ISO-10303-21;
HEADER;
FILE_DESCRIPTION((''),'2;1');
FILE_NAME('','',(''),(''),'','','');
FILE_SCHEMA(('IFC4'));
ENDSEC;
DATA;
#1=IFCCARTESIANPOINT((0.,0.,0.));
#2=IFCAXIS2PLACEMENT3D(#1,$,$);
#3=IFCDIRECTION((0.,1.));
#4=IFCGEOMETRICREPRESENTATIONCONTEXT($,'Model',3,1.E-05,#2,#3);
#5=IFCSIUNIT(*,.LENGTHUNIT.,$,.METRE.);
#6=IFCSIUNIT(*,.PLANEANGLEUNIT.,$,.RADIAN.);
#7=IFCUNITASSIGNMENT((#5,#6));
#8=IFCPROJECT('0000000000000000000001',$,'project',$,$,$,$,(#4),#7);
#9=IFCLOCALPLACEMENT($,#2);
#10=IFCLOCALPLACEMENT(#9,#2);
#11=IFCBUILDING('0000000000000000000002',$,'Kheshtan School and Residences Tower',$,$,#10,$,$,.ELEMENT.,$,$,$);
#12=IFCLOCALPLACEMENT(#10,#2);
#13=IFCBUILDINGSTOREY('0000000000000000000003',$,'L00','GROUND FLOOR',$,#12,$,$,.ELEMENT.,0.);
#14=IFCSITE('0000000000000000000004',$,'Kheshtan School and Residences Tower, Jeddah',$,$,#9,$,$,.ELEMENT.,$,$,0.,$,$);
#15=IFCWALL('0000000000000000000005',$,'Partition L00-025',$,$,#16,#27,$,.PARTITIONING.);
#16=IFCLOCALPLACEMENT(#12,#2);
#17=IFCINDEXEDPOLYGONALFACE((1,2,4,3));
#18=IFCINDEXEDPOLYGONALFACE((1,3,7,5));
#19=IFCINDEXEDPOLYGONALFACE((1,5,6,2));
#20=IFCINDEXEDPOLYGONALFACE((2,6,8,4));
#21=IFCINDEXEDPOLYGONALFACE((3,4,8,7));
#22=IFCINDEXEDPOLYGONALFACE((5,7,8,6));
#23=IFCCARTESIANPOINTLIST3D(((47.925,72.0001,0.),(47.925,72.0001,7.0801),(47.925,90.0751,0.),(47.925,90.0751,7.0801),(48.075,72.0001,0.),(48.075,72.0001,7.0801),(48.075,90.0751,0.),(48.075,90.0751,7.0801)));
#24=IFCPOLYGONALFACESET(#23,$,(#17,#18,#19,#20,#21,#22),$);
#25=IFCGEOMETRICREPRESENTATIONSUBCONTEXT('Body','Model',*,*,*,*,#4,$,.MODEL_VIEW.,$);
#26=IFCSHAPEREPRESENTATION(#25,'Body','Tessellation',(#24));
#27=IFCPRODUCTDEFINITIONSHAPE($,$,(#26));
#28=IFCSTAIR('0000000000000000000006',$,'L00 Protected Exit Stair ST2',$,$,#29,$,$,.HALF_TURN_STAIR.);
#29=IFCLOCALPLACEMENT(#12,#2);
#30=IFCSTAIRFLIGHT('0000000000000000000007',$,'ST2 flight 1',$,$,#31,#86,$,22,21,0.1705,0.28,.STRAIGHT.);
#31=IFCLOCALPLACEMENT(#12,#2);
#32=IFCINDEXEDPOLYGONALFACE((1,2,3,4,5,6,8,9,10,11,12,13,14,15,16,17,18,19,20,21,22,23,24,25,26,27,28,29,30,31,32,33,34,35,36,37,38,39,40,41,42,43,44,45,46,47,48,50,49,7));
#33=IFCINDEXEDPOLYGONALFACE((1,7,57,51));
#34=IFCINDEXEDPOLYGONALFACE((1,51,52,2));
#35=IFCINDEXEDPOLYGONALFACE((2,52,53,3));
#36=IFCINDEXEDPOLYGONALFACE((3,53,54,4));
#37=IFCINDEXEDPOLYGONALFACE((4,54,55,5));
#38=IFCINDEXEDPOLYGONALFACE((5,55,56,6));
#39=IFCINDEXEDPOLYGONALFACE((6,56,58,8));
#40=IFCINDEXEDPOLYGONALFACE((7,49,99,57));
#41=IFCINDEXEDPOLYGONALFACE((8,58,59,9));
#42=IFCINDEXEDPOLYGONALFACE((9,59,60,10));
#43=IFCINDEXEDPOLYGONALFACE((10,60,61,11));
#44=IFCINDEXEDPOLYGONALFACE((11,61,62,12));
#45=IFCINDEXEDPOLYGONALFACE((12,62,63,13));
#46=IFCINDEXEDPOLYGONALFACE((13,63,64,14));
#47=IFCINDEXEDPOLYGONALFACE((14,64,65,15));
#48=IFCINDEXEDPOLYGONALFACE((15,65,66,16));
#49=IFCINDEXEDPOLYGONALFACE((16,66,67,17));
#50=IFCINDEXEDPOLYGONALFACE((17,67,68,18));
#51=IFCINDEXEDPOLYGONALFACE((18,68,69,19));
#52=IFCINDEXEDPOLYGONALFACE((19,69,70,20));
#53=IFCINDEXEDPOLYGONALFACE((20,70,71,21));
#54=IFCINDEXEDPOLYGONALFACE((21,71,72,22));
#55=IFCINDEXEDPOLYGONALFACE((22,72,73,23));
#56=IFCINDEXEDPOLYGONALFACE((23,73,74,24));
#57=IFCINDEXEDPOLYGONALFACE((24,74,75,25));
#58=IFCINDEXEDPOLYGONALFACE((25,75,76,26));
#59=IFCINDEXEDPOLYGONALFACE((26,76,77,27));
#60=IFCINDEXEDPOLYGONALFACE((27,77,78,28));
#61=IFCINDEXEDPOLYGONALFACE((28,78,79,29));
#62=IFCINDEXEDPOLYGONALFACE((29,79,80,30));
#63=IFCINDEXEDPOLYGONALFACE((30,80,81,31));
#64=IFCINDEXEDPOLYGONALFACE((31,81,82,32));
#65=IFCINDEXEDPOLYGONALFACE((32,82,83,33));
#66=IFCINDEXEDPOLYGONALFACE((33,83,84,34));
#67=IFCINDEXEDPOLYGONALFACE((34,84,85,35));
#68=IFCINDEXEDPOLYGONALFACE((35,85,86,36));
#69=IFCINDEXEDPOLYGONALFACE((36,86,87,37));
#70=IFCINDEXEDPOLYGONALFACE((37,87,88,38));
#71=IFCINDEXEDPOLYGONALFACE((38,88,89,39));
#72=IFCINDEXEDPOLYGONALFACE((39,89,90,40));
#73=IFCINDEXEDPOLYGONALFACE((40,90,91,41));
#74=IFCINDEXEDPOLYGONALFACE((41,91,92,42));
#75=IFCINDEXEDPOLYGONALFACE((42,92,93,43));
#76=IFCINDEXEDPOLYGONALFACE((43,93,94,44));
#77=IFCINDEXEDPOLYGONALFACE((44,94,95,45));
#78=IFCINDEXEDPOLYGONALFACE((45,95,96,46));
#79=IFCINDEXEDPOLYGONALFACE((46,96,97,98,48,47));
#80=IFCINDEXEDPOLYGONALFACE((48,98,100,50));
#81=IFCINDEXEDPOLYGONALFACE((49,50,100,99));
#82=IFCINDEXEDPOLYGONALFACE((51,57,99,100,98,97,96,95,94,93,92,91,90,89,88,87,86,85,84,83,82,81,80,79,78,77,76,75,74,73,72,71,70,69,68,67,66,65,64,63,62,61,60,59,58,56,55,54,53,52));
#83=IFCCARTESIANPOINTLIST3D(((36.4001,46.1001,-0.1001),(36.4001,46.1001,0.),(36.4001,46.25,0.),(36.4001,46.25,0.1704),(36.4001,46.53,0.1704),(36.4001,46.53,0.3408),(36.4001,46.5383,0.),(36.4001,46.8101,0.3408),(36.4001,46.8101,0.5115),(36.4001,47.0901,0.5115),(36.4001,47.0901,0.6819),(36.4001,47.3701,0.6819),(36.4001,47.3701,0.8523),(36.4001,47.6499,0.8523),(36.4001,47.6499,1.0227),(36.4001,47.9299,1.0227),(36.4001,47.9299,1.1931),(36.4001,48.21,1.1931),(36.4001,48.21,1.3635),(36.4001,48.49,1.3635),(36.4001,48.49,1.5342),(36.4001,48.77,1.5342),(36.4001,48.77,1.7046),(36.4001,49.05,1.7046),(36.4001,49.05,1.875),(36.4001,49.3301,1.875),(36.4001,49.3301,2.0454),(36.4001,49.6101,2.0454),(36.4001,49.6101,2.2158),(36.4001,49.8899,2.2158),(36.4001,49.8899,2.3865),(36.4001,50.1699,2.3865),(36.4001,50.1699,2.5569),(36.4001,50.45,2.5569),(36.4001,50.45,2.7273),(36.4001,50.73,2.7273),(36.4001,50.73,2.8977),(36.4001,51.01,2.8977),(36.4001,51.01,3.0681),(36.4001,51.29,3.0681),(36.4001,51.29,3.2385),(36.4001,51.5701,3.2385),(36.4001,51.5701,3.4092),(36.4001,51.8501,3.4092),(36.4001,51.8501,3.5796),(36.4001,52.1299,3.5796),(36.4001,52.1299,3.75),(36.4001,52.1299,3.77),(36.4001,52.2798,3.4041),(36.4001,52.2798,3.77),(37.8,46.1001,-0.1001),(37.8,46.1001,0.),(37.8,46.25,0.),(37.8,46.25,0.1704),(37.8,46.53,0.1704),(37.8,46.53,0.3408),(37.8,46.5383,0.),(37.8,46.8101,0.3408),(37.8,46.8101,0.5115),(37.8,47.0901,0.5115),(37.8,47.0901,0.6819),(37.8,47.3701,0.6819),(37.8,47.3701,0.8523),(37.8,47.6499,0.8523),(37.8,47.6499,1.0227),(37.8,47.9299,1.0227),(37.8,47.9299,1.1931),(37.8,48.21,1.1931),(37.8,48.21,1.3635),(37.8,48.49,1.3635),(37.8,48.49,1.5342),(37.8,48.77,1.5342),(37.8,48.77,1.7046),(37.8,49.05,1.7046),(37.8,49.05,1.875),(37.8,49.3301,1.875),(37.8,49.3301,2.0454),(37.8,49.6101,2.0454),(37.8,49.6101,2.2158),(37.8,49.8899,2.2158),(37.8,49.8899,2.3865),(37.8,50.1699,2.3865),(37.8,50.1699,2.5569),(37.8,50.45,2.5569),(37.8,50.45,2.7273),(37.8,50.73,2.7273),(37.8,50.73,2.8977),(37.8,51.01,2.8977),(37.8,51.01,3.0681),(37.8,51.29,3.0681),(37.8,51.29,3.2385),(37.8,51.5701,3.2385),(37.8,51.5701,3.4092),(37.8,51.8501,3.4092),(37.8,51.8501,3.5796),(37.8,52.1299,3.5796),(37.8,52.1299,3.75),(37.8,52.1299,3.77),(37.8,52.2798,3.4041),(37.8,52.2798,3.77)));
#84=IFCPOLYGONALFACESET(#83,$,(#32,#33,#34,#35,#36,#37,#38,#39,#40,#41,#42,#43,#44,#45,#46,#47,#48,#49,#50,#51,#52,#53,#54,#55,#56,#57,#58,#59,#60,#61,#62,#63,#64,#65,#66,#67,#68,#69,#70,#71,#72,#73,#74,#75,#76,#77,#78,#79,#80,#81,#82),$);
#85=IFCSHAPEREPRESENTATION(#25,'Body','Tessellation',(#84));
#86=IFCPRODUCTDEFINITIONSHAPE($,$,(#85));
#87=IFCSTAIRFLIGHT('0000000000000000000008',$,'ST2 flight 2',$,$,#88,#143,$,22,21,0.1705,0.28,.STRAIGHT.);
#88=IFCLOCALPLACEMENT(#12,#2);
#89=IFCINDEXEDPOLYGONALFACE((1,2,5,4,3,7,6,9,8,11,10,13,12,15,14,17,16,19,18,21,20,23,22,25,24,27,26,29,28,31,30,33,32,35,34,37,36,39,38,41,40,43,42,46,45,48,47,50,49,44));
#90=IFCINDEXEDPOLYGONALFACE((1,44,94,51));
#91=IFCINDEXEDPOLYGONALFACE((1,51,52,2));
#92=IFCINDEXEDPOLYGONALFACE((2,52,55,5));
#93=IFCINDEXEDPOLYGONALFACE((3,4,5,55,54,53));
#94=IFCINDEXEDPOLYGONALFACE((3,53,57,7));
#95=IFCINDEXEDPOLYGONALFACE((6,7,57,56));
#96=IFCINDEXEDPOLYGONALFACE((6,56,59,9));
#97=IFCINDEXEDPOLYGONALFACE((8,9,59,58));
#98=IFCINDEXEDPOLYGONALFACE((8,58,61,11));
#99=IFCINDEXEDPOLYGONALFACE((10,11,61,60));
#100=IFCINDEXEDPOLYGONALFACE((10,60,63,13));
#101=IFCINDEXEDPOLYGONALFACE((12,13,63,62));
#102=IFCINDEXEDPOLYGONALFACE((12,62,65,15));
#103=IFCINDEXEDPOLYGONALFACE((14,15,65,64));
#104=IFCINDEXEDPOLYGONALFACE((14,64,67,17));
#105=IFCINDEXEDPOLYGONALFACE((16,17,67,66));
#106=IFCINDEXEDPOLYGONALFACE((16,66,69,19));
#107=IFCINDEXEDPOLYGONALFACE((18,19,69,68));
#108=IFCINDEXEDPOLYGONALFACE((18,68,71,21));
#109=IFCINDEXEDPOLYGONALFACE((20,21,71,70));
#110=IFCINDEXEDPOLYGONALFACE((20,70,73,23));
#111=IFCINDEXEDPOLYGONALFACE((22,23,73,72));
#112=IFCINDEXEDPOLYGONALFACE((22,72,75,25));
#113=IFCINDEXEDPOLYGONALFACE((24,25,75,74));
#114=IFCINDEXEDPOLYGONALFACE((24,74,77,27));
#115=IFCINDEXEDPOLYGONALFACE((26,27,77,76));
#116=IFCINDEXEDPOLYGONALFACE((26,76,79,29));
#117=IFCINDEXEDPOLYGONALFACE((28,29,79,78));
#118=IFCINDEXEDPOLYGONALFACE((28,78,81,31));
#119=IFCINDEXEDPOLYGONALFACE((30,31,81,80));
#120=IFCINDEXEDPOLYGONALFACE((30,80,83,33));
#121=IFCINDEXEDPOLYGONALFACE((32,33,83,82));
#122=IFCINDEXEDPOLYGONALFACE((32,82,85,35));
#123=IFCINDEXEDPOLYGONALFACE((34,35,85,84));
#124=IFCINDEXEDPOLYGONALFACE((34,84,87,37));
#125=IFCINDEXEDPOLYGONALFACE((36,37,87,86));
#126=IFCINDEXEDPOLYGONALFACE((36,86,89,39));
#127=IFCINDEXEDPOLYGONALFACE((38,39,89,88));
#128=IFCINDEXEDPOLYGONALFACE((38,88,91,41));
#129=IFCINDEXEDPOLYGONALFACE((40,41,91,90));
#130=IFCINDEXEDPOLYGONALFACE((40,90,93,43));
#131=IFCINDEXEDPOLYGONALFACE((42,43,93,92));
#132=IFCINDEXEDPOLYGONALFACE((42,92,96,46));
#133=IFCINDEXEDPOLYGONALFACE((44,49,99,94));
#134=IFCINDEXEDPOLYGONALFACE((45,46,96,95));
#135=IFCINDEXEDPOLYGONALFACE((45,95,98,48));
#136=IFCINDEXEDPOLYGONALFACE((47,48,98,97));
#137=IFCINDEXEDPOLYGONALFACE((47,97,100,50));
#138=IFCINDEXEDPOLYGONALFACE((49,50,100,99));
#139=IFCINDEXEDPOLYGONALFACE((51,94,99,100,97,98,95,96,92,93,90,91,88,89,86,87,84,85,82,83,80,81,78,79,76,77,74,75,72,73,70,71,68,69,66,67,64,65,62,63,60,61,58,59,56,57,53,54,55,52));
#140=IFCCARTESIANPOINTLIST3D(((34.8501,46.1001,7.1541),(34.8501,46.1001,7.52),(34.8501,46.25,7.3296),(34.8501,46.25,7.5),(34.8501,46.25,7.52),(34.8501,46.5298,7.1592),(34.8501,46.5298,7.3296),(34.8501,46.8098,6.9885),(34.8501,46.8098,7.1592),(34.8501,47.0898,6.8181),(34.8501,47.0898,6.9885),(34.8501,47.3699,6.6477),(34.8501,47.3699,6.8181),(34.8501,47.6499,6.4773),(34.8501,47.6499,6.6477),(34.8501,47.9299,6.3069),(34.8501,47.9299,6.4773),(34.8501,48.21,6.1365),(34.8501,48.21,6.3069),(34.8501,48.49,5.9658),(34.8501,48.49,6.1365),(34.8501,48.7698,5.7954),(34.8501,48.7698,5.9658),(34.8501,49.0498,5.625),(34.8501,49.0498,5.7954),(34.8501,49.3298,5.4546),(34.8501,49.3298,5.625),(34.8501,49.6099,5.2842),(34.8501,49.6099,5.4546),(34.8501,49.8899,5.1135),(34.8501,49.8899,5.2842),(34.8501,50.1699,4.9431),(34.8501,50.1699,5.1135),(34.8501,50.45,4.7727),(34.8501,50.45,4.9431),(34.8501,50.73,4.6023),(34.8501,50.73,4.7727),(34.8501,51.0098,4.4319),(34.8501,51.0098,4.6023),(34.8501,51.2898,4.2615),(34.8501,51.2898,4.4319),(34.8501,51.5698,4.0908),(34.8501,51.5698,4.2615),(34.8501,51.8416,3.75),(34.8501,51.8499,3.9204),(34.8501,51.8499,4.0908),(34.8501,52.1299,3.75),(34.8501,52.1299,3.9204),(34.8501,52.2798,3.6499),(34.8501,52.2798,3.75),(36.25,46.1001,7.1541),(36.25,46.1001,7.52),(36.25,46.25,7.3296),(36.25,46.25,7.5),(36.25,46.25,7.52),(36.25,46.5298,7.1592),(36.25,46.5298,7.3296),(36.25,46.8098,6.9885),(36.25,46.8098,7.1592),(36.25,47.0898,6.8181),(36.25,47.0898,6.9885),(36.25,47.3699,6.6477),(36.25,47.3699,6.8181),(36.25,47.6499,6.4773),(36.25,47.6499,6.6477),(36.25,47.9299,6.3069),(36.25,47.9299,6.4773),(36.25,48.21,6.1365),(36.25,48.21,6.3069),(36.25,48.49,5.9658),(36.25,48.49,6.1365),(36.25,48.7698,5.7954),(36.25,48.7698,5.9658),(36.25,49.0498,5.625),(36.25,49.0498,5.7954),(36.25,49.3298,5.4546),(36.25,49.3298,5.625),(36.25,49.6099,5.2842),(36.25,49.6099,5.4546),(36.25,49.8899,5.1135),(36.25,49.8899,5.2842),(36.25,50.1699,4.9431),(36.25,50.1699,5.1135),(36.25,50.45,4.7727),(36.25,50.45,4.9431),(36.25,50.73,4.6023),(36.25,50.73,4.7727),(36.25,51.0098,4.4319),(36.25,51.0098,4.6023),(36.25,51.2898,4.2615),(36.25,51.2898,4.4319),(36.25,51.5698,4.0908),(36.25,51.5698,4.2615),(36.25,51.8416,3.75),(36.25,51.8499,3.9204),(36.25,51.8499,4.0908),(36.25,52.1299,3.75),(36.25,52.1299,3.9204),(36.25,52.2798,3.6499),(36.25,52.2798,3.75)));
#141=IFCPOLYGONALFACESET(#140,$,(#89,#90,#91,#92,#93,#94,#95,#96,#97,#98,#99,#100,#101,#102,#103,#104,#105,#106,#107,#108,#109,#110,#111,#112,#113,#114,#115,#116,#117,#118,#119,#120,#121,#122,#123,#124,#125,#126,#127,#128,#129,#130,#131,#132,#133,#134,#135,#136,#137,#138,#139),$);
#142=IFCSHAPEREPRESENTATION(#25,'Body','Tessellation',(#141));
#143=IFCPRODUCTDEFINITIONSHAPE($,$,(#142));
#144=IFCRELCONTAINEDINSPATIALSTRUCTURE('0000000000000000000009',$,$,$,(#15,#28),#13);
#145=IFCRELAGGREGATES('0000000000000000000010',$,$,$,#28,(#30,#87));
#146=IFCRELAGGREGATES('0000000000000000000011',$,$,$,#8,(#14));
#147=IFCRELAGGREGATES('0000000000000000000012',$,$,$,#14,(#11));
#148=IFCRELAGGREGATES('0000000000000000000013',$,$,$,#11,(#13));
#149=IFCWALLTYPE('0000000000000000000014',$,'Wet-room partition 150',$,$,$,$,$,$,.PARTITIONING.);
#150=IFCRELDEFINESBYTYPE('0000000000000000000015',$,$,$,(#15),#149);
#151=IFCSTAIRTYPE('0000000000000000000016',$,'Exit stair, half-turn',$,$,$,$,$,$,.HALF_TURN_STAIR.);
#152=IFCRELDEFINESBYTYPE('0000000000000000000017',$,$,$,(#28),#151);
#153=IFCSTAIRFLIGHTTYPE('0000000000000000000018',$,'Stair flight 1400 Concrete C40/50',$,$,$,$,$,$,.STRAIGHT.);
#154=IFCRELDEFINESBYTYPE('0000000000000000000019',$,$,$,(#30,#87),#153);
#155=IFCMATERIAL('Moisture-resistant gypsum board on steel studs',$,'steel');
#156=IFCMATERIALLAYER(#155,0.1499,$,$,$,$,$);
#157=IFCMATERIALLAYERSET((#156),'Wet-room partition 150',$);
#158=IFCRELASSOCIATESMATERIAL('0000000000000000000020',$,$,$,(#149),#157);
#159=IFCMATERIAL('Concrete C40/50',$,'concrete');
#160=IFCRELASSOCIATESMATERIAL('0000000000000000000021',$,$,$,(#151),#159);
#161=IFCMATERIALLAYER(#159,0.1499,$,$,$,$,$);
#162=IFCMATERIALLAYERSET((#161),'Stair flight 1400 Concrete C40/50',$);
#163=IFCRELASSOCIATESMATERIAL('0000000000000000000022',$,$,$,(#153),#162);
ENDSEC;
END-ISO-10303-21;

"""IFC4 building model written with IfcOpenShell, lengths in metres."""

from ifc_helpers import new_model, si_unit, direction, frame, frame_2d, origin, place, context, subcontext, project, spatial, polyline, rectangle, outline, extrude, material, layer, layer_set, type_object, element, aggregate, save


model = new_model("IFC4")

# Units and contexts
model_context = context("Model", 3, precision=1e-05, world=origin(), true_north=direction((0.0, 1.0)))
body_context = subcontext(model_context, "Body", "Model", "MODEL_VIEW")
ifc_project = project(units=[si_unit("LENGTHUNIT", "METRE"), si_unit("PLANEANGLEUNIT", "RADIAN")], contexts=[model_context])

# Site, building, storey
site_placement = place(None, origin())
site = spatial("IfcSite", under=ifc_project, at=site_placement, Name="Kheshtan School and Residences Tower, Jeddah", CompositionType="ELEMENT", RefElevation=0.0)
building_placement = place(site_placement, origin())
building = spatial("IfcBuilding", under=site, at=building_placement, Name="Kheshtan School and Residences Tower", CompositionType="ELEMENT")
storey_placement = place(building_placement, origin())
storey = spatial("IfcBuildingStorey", under=building, at=storey_placement, Name="L00", Description="GROUND FLOOR", CompositionType="ELEMENT", Elevation=0.0)

# Wall
ifc_material_1 = material(Name="Concrete C40/50", Category="concrete")
ifc_material_2 = material(Name="Moisture-resistant gypsum board on steel studs", Category="steel")
ifc_layer_1 = layer(ifc_material_2, 0.1499)
ifc_layer_set_1 = layer_set([ifc_layer_1], Name="Wet-room partition 150")
wall_type_1 = type_object("IfcWallType", Name="Wet-room partition 150", PredefinedType="PARTITIONING", material=ifc_layer_set_1)
wall_1_placement = place(storey_placement, frame((48.0, 72.0, 0.0), z_axis=(0.0, 0.0, 1.0), x_axis=(0.0, 1.0, 0.0)))
element("IfcWall", 1, at=wall_1_placement, inside=storey, type_object=wall_type_1, Name="Partition L00-025", PredefinedType="PARTITIONING", context=body_context, shape_type="SweptSolid", body=[
    extrude(rectangle(XDim=18.075, YDim=0.1499, at=frame_2d((9.0376, 0.0))), origin(), (0.0, 0.0, 1.0), 7.0801),
])

# Stair, stair flights
stair_type = type_object("IfcStairType", Name="Exit stair, half-turn", PredefinedType="HALF_TURN_STAIR", material=ifc_material_1)
stair_placement = place(storey_placement, origin())
stair = element("IfcStair", 2, at=stair_placement, inside=storey, type_object=stair_type, Name="L00 Protected Exit Stair ST2", PredefinedType="HALF_TURN_STAIR")
ifc_layer_2 = layer(ifc_material_1, 0.1499)
ifc_layer_set_2 = layer_set([ifc_layer_2], Name="Stair flight 1400 Concrete C40/50")
stair_flight_type = type_object("IfcStairFlightType", Name="Stair flight 1400 Concrete C40/50", PredefinedType="STRAIGHT", material=ifc_layer_set_2)
stair_flight_1_placement = place(storey_placement, frame((37.1001, 46.25, 0.0), z_axis=(0.0, 0.0, 1.0), x_axis=(0.0, 1.0, 0.0)))
stair_flight_1 = element("IfcStairFlight", 3, at=stair_flight_1_placement, type_object=stair_flight_type, Name="ST2 flight 1", NumberOfRisers=22, NumberOfTreads=21, PredefinedType="STRAIGHT", RiserHeight=0.1705, TreadLength=0.28, context=body_context, shape_type="SweptSolid", body=[
    extrude(outline(polyline([(-0.1499, -0.1001), (-0.1499, 0.0), (0.0, 0.0), (0.0, 0.1704), (0.28, 0.1704), (0.28, 0.3408), (0.5601, 0.3408), (0.5601, 0.5115), (0.8401, 0.5115), (0.8401, 0.6819), (1.1201, 0.6819), (1.1201, 0.8523), (1.3999, 0.8523), (1.3999, 1.0227), (1.6799, 1.0227), (1.6799, 1.1931), (1.96, 1.1931), (1.96, 1.3635), (2.24, 1.3635), (2.24, 1.5342), (2.52, 1.5342), (2.52, 1.7046), (2.8, 1.7046), (2.8, 1.875), (3.0801, 1.875), (3.0801, 2.0454), (3.3601, 2.0454), (3.3601, 2.2158), (3.6399, 2.2158), (3.6399, 2.3865), (3.9199, 2.3865), (3.9199, 2.5569), (4.2, 2.5569), (4.2, 2.7273), (4.48, 2.7273), (4.48, 2.8977), (4.76, 2.8977), (4.76, 3.0681), (5.04, 3.0681), (5.04, 3.2385), (5.3201, 3.2385), (5.3201, 3.4092), (5.6001, 3.4092), (5.6001, 3.5796), (5.8799, 3.5796), (5.8799, 3.75), (5.8799, 3.77), (6.0298, 3.77), (6.0298, 3.4041), (0.2883, 0.0), (-0.1499, -0.1001)])), frame((0.0, 0.7, 0.0), z_axis=(0.0, -1.0, 0.0), x_axis=(1.0, 0.0, 0.0)), (0.0, 0.0, 1.0), 1.3999),
])
stair_flight_2_placement = place(storey_placement, frame((35.55, 52.1299, 3.75), z_axis=(0.0, 0.0, 1.0), x_axis=(0.0, -1.0, 0.0)))
stair_flight_2 = element("IfcStairFlight", 4, at=stair_flight_2_placement, type_object=stair_flight_type, Name="ST2 flight 2", NumberOfRisers=22, NumberOfTreads=21, PredefinedType="STRAIGHT", RiserHeight=0.1705, TreadLength=0.28, context=body_context, shape_type="SweptSolid", body=[
    extrude(outline(polyline([(-0.1499, -0.1001), (-0.1499, 0.0), (0.0, 0.0), (0.0, 0.1704), (0.28, 0.1704), (0.28, 0.3408), (0.5601, 0.3408), (0.5601, 0.5115), (0.8401, 0.5115), (0.8401, 0.6819), (1.1201, 0.6819), (1.1201, 0.8523), (1.3999, 0.8523), (1.3999, 1.0227), (1.6799, 1.0227), (1.6799, 1.1931), (1.96, 1.1931), (1.96, 1.3635), (2.24, 1.3635), (2.24, 1.5342), (2.52, 1.5342), (2.52, 1.7046), (2.8, 1.7046), (2.8, 1.875), (3.0801, 1.875), (3.0801, 2.0454), (3.3601, 2.0454), (3.3601, 2.2158), (3.6399, 2.2158), (3.6399, 2.3865), (3.9199, 2.3865), (3.9199, 2.5569), (4.2, 2.5569), (4.2, 2.7273), (4.48, 2.7273), (4.48, 2.8977), (4.76, 2.8977), (4.76, 3.0681), (5.04, 3.0681), (5.04, 3.2385), (5.3201, 3.2385), (5.3201, 3.4092), (5.6001, 3.4092), (5.6001, 3.5796), (5.8799, 3.5796), (5.8799, 3.75), (5.8799, 3.77), (6.0298, 3.77), (6.0298, 3.4041), (0.2883, 0.0), (-0.1499, -0.1001)])), frame((0.0, 0.7, 0.0), z_axis=(0.0, -1.0, 0.0), x_axis=(1.0, 0.0, 0.0)), (0.0, 0.0, 1.0), 1.3999),
])
aggregate(stair, [stair_flight_1, stair_flight_2])

save(model, "model.ifc")
